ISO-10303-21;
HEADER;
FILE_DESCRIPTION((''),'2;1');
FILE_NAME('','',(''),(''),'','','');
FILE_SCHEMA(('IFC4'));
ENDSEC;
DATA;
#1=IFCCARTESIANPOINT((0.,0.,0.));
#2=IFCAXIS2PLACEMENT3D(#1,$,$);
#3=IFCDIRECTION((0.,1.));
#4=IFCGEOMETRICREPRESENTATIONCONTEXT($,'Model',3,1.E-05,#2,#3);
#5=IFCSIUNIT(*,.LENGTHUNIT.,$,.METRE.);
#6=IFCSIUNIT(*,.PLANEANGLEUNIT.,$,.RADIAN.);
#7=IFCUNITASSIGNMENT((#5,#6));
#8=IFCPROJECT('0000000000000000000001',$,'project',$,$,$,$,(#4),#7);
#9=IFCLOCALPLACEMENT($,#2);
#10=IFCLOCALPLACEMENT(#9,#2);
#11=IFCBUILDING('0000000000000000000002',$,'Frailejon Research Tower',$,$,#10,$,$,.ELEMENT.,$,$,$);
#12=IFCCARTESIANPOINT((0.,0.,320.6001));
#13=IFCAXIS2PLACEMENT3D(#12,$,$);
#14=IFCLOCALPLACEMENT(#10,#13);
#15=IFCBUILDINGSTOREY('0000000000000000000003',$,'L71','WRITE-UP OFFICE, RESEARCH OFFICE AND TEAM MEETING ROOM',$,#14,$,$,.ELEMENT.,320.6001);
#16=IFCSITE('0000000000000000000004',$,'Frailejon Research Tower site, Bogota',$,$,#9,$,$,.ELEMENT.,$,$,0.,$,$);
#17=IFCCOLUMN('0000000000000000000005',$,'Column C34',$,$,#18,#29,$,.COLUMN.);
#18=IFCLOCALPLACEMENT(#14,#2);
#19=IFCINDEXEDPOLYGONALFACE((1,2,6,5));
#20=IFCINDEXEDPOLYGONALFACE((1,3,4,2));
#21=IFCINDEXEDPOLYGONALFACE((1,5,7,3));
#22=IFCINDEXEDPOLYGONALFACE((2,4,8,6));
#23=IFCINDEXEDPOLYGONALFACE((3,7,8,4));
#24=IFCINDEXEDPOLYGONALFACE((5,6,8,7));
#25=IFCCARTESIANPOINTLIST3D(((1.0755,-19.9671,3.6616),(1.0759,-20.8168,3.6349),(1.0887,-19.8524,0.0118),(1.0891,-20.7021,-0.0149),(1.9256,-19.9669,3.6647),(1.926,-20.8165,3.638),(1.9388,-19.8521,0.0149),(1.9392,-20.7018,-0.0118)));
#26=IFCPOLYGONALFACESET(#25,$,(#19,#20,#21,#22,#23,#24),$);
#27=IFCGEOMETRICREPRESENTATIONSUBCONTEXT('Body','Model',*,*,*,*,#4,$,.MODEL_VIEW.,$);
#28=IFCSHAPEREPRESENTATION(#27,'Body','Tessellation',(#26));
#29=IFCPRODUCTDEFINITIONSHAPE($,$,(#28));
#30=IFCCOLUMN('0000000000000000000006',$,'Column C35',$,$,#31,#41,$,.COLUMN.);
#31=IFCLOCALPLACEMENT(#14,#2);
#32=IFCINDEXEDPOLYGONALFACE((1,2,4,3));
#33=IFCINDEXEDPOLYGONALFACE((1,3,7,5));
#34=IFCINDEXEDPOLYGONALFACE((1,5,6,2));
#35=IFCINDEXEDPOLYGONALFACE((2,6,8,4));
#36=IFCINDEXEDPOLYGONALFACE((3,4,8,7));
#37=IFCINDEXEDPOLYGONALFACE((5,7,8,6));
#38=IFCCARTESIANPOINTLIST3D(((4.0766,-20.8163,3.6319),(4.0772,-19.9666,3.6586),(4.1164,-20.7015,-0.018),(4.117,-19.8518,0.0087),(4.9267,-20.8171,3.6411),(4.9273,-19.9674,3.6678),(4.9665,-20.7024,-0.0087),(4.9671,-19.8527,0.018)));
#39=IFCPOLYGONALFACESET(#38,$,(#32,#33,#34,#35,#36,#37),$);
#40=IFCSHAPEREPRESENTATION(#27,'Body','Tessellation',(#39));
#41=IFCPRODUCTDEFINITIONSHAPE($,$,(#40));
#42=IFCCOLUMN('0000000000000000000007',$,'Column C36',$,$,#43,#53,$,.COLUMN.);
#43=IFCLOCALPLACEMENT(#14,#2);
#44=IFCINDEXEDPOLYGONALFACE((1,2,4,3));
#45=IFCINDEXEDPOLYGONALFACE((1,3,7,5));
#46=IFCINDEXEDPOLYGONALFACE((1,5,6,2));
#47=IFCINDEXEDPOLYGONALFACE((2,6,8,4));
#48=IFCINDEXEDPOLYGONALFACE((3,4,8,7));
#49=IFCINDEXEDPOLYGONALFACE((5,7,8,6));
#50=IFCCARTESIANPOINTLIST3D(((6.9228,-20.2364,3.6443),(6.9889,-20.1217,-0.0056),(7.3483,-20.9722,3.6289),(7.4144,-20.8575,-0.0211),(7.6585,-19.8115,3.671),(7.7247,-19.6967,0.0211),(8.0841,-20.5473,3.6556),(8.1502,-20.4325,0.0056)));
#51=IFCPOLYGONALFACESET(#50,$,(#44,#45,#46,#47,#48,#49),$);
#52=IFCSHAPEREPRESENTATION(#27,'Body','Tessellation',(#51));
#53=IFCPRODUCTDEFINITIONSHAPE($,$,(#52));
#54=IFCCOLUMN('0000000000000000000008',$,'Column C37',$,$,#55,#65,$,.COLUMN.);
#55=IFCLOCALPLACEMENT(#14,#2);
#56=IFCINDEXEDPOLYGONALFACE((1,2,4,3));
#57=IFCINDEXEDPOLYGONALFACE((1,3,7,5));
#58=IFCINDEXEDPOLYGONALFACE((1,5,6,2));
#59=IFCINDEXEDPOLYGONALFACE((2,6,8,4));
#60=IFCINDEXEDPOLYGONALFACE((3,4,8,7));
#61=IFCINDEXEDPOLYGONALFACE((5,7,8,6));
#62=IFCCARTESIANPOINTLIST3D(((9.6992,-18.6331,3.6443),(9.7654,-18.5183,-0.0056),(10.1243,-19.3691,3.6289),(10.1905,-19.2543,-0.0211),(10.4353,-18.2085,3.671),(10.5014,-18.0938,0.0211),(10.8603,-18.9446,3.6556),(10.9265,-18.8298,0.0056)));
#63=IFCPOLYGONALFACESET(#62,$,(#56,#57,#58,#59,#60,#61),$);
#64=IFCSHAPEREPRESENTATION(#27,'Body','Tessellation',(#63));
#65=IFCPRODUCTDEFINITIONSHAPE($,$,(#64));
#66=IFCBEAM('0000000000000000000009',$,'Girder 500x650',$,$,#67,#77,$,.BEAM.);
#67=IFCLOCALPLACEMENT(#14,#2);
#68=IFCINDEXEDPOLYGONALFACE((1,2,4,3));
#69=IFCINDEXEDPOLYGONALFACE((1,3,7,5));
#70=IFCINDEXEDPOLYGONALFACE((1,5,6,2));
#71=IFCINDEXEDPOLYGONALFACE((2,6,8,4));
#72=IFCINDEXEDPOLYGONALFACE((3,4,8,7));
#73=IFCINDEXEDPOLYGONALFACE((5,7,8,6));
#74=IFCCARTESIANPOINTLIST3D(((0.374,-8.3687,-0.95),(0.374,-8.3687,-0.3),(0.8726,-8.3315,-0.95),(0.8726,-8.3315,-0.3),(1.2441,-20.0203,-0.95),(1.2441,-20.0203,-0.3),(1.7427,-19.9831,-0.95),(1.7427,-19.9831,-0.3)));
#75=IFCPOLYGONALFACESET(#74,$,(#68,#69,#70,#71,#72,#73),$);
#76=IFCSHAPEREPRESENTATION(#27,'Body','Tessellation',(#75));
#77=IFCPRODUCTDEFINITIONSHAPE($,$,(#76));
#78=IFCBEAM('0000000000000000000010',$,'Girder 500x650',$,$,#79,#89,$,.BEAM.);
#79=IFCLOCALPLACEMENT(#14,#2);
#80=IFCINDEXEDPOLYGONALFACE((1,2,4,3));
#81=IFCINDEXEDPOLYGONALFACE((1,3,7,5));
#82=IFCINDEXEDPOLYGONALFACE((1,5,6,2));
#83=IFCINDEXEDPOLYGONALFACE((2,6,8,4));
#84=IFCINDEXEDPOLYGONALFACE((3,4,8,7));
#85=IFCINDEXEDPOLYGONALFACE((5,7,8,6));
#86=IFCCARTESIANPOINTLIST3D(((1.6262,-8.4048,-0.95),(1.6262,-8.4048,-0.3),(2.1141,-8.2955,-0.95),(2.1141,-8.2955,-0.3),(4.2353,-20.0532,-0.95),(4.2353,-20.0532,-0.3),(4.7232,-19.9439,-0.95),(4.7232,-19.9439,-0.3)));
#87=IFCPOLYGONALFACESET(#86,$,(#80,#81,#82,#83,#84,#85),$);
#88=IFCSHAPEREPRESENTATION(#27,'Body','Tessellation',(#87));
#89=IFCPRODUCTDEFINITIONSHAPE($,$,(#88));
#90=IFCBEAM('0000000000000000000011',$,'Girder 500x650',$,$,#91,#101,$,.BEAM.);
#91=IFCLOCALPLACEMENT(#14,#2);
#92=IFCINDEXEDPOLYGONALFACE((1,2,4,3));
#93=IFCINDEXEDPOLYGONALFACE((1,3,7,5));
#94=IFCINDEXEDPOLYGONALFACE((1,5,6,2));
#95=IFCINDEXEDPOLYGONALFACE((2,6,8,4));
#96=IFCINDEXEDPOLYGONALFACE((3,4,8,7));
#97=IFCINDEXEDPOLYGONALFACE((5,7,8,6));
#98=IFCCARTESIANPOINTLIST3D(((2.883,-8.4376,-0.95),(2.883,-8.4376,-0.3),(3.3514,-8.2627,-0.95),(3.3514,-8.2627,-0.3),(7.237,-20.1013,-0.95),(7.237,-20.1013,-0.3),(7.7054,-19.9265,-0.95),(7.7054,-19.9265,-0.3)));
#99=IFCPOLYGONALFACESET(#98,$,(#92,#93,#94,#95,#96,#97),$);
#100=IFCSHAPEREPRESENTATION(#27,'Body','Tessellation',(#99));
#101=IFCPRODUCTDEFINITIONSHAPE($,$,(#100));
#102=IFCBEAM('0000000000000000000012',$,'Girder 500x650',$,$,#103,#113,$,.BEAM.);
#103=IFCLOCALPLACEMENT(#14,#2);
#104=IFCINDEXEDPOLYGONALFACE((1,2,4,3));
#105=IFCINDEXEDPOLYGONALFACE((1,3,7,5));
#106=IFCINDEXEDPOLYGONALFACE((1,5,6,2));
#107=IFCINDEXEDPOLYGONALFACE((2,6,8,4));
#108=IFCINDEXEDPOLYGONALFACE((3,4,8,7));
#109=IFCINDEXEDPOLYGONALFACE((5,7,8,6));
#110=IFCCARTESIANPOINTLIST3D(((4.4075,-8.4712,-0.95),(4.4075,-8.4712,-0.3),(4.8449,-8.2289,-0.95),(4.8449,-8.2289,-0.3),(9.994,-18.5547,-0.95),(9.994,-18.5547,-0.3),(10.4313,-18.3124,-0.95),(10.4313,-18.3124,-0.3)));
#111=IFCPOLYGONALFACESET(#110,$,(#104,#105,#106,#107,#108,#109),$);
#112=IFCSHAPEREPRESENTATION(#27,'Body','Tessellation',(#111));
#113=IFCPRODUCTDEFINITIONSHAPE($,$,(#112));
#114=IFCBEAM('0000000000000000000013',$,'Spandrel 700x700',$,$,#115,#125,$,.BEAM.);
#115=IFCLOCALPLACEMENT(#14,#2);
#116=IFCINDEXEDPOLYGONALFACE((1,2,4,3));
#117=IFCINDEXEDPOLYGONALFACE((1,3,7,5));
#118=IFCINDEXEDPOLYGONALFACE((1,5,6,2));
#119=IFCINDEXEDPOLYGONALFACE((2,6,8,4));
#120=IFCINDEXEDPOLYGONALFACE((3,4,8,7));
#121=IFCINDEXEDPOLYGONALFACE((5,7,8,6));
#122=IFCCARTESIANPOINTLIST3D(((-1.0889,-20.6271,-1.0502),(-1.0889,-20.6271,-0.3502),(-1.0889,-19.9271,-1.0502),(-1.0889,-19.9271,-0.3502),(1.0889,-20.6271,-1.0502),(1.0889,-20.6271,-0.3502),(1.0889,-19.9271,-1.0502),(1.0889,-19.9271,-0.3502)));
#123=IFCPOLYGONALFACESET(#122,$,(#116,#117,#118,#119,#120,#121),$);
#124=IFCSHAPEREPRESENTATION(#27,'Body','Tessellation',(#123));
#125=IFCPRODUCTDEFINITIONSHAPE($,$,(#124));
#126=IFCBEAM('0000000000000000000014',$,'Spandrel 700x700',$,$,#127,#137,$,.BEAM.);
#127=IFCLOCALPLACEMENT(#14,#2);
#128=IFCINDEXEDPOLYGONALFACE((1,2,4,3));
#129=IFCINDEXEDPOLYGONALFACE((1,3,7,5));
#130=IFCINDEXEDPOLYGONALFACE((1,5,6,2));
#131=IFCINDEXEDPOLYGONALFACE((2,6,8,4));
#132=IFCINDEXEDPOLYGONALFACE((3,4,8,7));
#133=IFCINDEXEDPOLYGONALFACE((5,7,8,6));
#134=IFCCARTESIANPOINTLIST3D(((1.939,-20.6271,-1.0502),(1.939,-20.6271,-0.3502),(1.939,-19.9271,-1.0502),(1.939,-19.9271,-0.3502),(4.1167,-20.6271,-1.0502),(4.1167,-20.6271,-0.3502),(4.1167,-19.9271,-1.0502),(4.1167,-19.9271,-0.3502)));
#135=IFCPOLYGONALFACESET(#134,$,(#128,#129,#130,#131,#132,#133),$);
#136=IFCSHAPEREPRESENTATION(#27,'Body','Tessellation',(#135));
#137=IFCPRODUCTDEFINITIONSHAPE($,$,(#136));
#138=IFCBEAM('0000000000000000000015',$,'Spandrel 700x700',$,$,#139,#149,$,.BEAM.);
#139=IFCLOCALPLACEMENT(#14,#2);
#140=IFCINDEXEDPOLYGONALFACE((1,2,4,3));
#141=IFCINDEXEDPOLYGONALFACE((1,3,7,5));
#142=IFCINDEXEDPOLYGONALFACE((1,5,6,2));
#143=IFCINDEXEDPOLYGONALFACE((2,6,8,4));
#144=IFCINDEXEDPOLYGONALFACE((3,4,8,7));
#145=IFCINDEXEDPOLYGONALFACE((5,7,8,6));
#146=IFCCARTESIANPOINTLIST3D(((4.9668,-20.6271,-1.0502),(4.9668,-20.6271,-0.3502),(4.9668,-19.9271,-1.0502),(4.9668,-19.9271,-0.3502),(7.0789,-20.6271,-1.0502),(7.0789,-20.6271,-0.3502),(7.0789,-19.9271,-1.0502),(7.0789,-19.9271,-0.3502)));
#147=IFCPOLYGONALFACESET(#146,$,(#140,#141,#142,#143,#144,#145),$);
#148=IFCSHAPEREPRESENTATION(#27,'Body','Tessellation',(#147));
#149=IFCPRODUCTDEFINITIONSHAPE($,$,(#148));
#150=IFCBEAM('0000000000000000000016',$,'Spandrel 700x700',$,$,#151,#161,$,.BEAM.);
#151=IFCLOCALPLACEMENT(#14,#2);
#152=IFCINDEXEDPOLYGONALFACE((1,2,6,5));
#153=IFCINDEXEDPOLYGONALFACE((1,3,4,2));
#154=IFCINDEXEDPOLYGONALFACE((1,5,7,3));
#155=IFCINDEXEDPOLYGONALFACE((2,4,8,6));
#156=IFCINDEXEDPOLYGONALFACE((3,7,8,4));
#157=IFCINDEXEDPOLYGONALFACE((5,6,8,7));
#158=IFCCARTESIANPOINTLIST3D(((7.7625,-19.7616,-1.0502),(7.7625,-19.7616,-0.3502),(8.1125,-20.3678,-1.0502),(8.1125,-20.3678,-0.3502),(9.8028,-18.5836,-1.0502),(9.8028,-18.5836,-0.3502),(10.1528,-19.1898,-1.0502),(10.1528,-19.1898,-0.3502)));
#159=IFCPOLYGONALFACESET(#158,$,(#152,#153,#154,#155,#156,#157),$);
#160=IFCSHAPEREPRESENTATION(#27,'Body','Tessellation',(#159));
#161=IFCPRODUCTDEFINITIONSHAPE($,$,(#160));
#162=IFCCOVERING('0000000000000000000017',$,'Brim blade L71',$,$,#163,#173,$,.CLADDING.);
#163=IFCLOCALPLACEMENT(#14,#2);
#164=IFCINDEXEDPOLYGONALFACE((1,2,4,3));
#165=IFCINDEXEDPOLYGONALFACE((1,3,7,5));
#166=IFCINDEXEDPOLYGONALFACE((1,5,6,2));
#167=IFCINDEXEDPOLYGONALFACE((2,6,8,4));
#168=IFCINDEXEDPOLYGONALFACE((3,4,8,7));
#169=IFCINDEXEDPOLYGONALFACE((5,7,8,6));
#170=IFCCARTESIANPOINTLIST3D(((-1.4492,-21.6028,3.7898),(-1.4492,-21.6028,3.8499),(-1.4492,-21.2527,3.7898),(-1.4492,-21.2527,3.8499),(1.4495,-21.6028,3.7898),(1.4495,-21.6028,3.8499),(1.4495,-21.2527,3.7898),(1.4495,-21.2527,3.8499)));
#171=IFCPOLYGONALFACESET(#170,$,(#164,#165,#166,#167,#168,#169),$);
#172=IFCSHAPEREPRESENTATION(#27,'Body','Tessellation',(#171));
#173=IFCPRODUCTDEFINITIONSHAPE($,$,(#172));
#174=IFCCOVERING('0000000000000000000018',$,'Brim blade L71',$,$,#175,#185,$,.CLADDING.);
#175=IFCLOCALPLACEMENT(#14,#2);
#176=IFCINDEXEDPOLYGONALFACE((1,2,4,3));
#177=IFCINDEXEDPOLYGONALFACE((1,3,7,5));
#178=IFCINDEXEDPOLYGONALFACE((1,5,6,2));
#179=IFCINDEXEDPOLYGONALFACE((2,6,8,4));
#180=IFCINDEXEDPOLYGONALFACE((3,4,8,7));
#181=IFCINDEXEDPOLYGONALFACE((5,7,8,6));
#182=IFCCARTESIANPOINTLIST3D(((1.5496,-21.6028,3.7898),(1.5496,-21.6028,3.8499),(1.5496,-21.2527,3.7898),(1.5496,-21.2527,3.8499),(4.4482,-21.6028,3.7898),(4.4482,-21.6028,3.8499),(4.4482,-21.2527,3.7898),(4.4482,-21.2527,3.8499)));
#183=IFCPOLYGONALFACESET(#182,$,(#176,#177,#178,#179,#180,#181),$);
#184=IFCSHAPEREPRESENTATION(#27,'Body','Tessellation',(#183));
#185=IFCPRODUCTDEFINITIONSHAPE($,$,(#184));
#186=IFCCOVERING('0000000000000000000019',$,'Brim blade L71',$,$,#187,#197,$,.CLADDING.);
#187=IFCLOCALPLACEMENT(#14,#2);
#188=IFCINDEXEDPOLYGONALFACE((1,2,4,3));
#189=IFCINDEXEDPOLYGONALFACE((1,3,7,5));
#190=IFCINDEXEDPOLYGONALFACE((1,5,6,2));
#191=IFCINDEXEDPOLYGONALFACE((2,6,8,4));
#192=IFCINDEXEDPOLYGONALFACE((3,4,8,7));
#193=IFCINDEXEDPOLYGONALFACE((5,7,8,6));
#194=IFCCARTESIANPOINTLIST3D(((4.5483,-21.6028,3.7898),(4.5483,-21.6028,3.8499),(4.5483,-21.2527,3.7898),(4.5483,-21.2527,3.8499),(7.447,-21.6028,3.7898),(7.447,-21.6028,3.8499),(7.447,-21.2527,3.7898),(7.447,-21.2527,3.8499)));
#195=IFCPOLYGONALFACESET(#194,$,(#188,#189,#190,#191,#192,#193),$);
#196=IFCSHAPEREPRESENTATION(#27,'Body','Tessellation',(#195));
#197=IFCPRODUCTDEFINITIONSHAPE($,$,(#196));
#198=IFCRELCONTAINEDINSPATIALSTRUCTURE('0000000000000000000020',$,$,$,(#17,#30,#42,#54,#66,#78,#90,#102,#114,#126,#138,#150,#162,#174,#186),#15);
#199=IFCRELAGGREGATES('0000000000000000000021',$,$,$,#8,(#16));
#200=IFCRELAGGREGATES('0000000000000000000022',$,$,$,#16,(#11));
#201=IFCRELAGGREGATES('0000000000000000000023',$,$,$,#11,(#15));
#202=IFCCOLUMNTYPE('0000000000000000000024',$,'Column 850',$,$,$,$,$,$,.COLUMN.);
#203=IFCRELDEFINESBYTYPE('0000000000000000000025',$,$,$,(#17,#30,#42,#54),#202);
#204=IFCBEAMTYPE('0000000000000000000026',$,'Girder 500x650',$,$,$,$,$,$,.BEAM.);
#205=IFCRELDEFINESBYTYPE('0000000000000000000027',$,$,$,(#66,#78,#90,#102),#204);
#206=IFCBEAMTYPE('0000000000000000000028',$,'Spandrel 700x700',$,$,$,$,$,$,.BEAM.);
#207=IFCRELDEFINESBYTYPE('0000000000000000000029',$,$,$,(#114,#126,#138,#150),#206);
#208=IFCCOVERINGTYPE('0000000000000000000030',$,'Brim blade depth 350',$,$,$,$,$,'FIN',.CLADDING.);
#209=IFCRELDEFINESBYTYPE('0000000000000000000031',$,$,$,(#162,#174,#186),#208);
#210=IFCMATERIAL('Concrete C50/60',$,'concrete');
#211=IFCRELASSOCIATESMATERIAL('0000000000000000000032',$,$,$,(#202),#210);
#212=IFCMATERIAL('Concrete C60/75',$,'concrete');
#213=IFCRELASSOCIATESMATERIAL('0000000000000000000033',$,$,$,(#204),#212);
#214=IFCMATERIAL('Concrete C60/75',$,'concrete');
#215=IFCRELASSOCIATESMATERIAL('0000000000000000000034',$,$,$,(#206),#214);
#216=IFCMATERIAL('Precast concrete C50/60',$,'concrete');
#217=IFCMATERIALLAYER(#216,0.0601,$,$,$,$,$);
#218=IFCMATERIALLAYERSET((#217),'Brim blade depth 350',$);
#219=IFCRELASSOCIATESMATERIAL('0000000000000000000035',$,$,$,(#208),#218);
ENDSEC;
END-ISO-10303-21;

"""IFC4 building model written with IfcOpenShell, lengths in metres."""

from ifc_helpers import new_model, si_unit, direction, frame, origin, origin_2d, place, context, subcontext, project, spatial, polyline, rectangle, outline, extrude, material, layer, layer_set, material_profile, profile_set, type_object, element, save


model = new_model("IFC4")

# Units and contexts
model_context = context("Model", 3, precision=1e-05, world=origin(), true_north=direction((0.0, 1.0)))
body_context = subcontext(model_context, "Body", "Model", "MODEL_VIEW")
ifc_project = project(units=[si_unit("LENGTHUNIT", "METRE"), si_unit("PLANEANGLEUNIT", "RADIAN")], contexts=[model_context])

# Site, building, storey
site_placement = place(None, origin())
site = spatial("IfcSite", under=ifc_project, at=site_placement, Name="Frailejon Research Tower site, Bogota", CompositionType="ELEMENT", RefElevation=0.0)
building_placement = place(site_placement, origin())
building = spatial("IfcBuilding", under=site, at=building_placement, Name="Frailejon Research Tower", CompositionType="ELEMENT")
storey_placement = place(building_placement, frame((0.0, 0.0, 320.6001)))
storey = spatial("IfcBuildingStorey", under=building, at=storey_placement, Name="L71", Description="WRITE-UP OFFICE, RESEARCH OFFICE AND TEAM MEETING ROOM", CompositionType="ELEMENT", Elevation=320.6001)

# Columns
ifc_material_1 = material(Name="Concrete C50/60", Category="concrete")
ifc_material_profile_1 = material_profile(ifc_material_1, rectangle(XDim=0.8501, YDim=0.8501, at=origin_2d()), Name="Column 850")
ifc_profile_set_1 = profile_set([ifc_material_profile_1], Name="Concrete C50/60")
column_type = type_object("IfcColumnType", Name="Column 850", PredefinedType="COLUMN", material=ifc_profile_set_1)
column_1_placement = place(storey_placement, frame((1.5139, -20.2771, 0.0), z_axis=(-0.00361, -0.031422, 0.9995), x_axis=(0.999993, 0.000341, 0.003623)))
element("IfcColumn", 1, at=column_1_placement, inside=storey, type_object=column_type, Name="Column C34", PredefinedType="COLUMN", context=body_context, shape_type="SweptSolid", body=[
    extrude(rectangle(XDim=0.8501, YDim=0.8501, at=origin_2d()), origin(), (0.0, 0.0, 1.0), 3.6516),
])
column_2_placement = place(storey_placement, frame((4.5417, -20.2771, 0.0), z_axis=(-0.010897, -0.031421, 0.999447), x_axis=(0.99994, -0.001008, 0.010871)))
element("IfcColumn", 2, at=column_2_placement, inside=storey, type_object=column_type, Name="Column C35", PredefinedType="COLUMN", context=body_context, shape_type="SweptSolid", body=[
    extrude(rectangle(XDim=0.8501, YDim=0.8501, at=origin_2d()), origin(), (0.0, 0.0, 1.0), 3.6519),
])
for number, where, z_axis, x_axis, name in (
    (3, (7.5696, -20.2771, 0.0), (-0.018115, -0.031417, 0.999342), (0.86552, 0.499889, 0.031405), "Column C36"),
    (4, (10.3459, -18.6741, 0.0), (-0.018115, -0.031417, 0.999342), (0.865818, 0.499373, 0.031394), "Column C37"),
):
    element("IfcColumn", number, at=place(storey_placement, frame(where, z_axis=z_axis, x_axis=x_axis)), inside=storey, type_object=column_type, Name=name, PredefinedType="COLUMN", context=body_context, shape_type="SweptSolid", body=[
        extrude(rectangle(XDim=0.8501, YDim=0.8501, at=origin_2d()), origin(), (0.0, 0.0, 1.0), 3.6523),
    ])

# Beams
ifc_material_2 = material(Name="Concrete C60/75", Category="concrete")
ifc_material_profile_2 = material_profile(ifc_material_2, rectangle(XDim=0.5, YDim=0.6499, at=origin_2d()), Name="Girder 500x650")
ifc_profile_set_2 = profile_set([ifc_material_profile_2], Name="Concrete C60/75")
beam_type_1 = type_object("IfcBeamType", Name="Girder 500x650", PredefinedType="BEAM", material=ifc_profile_set_2)
beam_1_placement = place(storey_placement, frame((1.4934, -20.0017, -0.625), z_axis=(-0.07447, 0.997223, 0.0), x_axis=(-0.997223, -0.07447, 0.0)))
element("IfcBeam", 5, at=beam_1_placement, inside=storey, type_object=beam_type_1, Name="Girder 500x650", PredefinedType="BEAM", context=body_context, shape_type="SweptSolid", body=[
    extrude(rectangle(XDim=0.5, YDim=0.6499, at=origin_2d()), origin(), (0.0, 0.0, 1.0), 11.6841),
])
beam_2_placement = place(storey_placement, frame((4.4792, -19.9985, -0.625), z_axis=(-0.218574, 0.97582, 0.0), x_axis=(-0.97582, -0.218574, 0.0)))
element("IfcBeam", 6, at=beam_2_placement, inside=storey, type_object=beam_type_1, Name="Girder 500x650", PredefinedType="BEAM", context=body_context, shape_type="SweptSolid", body=[
    extrude(rectangle(XDim=0.5, YDim=0.6499, at=origin_2d()), origin(), (0.0, 0.0, 1.0), 11.937),
])
beam_3_placement = place(storey_placement, frame((7.4712, -20.0139, -0.625), z_axis=(-0.34972, 0.936854, 0.0), x_axis=(-0.936854, -0.34972, 0.0)))
element("IfcBeam", 7, at=beam_3_placement, inside=storey, type_object=beam_type_1, Name="Girder 500x650", PredefinedType="BEAM", context=body_context, shape_type="SweptSolid", body=[
    extrude(rectangle(XDim=0.5, YDim=0.6499, at=origin_2d()), origin(), (0.0, 0.0, 1.0), 12.45),
])
beam_4_placement = place(storey_placement, frame((10.2126, -18.4336, -0.625), z_axis=(-0.484614, 0.874728, 0.0), x_axis=(-0.874728, -0.484614, 0.0)))
element("IfcBeam", 8, at=beam_4_placement, inside=storey, type_object=beam_type_1, Name="Girder 500x650", PredefinedType="BEAM", context=body_context, shape_type="SweptSolid", body=[
    extrude(rectangle(XDim=0.5, YDim=0.6499, at=origin_2d()), origin(), (0.0, 0.0, 1.0), 11.5276),
])
ifc_material_3 = material(Name="Concrete C60/75", Category="concrete")
ifc_material_profile_3 = material_profile(ifc_material_3, rectangle(XDim=0.7, YDim=0.7, at=origin_2d()), Name="Spandrel 700x700")
ifc_profile_set_3 = profile_set([ifc_material_profile_3], Name="Concrete C60/75")
beam_type_2 = type_object("IfcBeamType", Name="Spandrel 700x700", PredefinedType="BEAM", material=ifc_profile_set_3)
for number, where, z_axis, x_axis, name in (
    (9, (-1.0889, -20.2771, -0.7002), (1.0, 0.0, 0.0), (0.0, 1.0, 0.0), "Spandrel 700x700"),
    (10, (1.939, -20.2771, -0.7002), (1.0, 0.0, 0.0), (0.0, 1.0, 0.0), "Spandrel 700x700"),
):
    element("IfcBeam", number, at=place(storey_placement, frame(where, z_axis=z_axis, x_axis=x_axis)), inside=storey, type_object=beam_type_2, Name=name, PredefinedType="BEAM", context=body_context, shape_type="SweptSolid", body=[
        extrude(rectangle(XDim=0.7, YDim=0.7, at=origin_2d()), origin(), (0.0, 0.0, 1.0), 2.1777),
    ])
beam_5_placement = place(storey_placement, frame((4.9668, -20.2771, -0.7002), z_axis=(1.0, 0.0, 0.0), x_axis=(0.0, 1.0, 0.0)))
element("IfcBeam", 11, at=beam_5_placement, inside=storey, type_object=beam_type_2, Name="Spandrel 700x700", PredefinedType="BEAM", context=body_context, shape_type="SweptSolid", body=[
    extrude(rectangle(XDim=0.7, YDim=0.7, at=origin_2d()), origin(), (0.0, 0.0, 1.0), 2.1121),
])
beam_6_placement = place(storey_placement, frame((7.9375, -20.0647, -0.7002), z_axis=(0.866022, 0.500007, 0.0), x_axis=(-0.500007, 0.866022, 0.0)))
element("IfcBeam", 12, at=beam_6_placement, inside=storey, type_object=beam_type_2, Name="Spandrel 700x700", PredefinedType="BEAM", context=body_context, shape_type="SweptSolid", body=[
    extrude(rectangle(XDim=0.7, YDim=0.7, at=origin_2d()), origin(), (0.0, 0.0, 1.0), 2.356),
])

# Coverings
ifc_material_4 = material(Name="Precast concrete C50/60", Category="concrete")
ifc_layer = layer(ifc_material_4, 0.0601)
ifc_layer_set = layer_set([ifc_layer], Name="Brim blade depth 350")
covering_type = type_object("IfcCoveringType", Name="Brim blade depth 350", ElementType="FIN", PredefinedType="CLADDING", material=ifc_layer_set)
for number, where, z_axis, x_axis, name in (
    (13, (1.4495, -21.2527, 3.8499), (-1.0, 0.0, 0.0), (0.0, -1.0, 0.0), "Brim blade L71"),
    (14, (4.4482, -21.2527, 3.8499), (-1.0, 0.0, 0.0), (0.0, -1.0, 0.0), "Brim blade L71"),
    (15, (7.447, -21.2527, 3.8499), (-1.0, 0.0, 0.0), (0.0, -1.0, 0.0), "Brim blade L71"),
):
    element("IfcCovering", number, at=place(storey_placement, frame(where, z_axis=z_axis, x_axis=x_axis)), inside=storey, type_object=covering_type, Name=name, PredefinedType="CLADDING", context=body_context, shape_type="SweptSolid", body=[
        extrude(outline(polyline([(0.0, -0.0601), (0.3501, -0.0601), (0.3501, 0.0), (0.0, 0.0), (0.0, -0.0601)])), origin(), (0.0, 0.0, 1.0), 2.8987),
    ])

save(model, "model.ifc")
